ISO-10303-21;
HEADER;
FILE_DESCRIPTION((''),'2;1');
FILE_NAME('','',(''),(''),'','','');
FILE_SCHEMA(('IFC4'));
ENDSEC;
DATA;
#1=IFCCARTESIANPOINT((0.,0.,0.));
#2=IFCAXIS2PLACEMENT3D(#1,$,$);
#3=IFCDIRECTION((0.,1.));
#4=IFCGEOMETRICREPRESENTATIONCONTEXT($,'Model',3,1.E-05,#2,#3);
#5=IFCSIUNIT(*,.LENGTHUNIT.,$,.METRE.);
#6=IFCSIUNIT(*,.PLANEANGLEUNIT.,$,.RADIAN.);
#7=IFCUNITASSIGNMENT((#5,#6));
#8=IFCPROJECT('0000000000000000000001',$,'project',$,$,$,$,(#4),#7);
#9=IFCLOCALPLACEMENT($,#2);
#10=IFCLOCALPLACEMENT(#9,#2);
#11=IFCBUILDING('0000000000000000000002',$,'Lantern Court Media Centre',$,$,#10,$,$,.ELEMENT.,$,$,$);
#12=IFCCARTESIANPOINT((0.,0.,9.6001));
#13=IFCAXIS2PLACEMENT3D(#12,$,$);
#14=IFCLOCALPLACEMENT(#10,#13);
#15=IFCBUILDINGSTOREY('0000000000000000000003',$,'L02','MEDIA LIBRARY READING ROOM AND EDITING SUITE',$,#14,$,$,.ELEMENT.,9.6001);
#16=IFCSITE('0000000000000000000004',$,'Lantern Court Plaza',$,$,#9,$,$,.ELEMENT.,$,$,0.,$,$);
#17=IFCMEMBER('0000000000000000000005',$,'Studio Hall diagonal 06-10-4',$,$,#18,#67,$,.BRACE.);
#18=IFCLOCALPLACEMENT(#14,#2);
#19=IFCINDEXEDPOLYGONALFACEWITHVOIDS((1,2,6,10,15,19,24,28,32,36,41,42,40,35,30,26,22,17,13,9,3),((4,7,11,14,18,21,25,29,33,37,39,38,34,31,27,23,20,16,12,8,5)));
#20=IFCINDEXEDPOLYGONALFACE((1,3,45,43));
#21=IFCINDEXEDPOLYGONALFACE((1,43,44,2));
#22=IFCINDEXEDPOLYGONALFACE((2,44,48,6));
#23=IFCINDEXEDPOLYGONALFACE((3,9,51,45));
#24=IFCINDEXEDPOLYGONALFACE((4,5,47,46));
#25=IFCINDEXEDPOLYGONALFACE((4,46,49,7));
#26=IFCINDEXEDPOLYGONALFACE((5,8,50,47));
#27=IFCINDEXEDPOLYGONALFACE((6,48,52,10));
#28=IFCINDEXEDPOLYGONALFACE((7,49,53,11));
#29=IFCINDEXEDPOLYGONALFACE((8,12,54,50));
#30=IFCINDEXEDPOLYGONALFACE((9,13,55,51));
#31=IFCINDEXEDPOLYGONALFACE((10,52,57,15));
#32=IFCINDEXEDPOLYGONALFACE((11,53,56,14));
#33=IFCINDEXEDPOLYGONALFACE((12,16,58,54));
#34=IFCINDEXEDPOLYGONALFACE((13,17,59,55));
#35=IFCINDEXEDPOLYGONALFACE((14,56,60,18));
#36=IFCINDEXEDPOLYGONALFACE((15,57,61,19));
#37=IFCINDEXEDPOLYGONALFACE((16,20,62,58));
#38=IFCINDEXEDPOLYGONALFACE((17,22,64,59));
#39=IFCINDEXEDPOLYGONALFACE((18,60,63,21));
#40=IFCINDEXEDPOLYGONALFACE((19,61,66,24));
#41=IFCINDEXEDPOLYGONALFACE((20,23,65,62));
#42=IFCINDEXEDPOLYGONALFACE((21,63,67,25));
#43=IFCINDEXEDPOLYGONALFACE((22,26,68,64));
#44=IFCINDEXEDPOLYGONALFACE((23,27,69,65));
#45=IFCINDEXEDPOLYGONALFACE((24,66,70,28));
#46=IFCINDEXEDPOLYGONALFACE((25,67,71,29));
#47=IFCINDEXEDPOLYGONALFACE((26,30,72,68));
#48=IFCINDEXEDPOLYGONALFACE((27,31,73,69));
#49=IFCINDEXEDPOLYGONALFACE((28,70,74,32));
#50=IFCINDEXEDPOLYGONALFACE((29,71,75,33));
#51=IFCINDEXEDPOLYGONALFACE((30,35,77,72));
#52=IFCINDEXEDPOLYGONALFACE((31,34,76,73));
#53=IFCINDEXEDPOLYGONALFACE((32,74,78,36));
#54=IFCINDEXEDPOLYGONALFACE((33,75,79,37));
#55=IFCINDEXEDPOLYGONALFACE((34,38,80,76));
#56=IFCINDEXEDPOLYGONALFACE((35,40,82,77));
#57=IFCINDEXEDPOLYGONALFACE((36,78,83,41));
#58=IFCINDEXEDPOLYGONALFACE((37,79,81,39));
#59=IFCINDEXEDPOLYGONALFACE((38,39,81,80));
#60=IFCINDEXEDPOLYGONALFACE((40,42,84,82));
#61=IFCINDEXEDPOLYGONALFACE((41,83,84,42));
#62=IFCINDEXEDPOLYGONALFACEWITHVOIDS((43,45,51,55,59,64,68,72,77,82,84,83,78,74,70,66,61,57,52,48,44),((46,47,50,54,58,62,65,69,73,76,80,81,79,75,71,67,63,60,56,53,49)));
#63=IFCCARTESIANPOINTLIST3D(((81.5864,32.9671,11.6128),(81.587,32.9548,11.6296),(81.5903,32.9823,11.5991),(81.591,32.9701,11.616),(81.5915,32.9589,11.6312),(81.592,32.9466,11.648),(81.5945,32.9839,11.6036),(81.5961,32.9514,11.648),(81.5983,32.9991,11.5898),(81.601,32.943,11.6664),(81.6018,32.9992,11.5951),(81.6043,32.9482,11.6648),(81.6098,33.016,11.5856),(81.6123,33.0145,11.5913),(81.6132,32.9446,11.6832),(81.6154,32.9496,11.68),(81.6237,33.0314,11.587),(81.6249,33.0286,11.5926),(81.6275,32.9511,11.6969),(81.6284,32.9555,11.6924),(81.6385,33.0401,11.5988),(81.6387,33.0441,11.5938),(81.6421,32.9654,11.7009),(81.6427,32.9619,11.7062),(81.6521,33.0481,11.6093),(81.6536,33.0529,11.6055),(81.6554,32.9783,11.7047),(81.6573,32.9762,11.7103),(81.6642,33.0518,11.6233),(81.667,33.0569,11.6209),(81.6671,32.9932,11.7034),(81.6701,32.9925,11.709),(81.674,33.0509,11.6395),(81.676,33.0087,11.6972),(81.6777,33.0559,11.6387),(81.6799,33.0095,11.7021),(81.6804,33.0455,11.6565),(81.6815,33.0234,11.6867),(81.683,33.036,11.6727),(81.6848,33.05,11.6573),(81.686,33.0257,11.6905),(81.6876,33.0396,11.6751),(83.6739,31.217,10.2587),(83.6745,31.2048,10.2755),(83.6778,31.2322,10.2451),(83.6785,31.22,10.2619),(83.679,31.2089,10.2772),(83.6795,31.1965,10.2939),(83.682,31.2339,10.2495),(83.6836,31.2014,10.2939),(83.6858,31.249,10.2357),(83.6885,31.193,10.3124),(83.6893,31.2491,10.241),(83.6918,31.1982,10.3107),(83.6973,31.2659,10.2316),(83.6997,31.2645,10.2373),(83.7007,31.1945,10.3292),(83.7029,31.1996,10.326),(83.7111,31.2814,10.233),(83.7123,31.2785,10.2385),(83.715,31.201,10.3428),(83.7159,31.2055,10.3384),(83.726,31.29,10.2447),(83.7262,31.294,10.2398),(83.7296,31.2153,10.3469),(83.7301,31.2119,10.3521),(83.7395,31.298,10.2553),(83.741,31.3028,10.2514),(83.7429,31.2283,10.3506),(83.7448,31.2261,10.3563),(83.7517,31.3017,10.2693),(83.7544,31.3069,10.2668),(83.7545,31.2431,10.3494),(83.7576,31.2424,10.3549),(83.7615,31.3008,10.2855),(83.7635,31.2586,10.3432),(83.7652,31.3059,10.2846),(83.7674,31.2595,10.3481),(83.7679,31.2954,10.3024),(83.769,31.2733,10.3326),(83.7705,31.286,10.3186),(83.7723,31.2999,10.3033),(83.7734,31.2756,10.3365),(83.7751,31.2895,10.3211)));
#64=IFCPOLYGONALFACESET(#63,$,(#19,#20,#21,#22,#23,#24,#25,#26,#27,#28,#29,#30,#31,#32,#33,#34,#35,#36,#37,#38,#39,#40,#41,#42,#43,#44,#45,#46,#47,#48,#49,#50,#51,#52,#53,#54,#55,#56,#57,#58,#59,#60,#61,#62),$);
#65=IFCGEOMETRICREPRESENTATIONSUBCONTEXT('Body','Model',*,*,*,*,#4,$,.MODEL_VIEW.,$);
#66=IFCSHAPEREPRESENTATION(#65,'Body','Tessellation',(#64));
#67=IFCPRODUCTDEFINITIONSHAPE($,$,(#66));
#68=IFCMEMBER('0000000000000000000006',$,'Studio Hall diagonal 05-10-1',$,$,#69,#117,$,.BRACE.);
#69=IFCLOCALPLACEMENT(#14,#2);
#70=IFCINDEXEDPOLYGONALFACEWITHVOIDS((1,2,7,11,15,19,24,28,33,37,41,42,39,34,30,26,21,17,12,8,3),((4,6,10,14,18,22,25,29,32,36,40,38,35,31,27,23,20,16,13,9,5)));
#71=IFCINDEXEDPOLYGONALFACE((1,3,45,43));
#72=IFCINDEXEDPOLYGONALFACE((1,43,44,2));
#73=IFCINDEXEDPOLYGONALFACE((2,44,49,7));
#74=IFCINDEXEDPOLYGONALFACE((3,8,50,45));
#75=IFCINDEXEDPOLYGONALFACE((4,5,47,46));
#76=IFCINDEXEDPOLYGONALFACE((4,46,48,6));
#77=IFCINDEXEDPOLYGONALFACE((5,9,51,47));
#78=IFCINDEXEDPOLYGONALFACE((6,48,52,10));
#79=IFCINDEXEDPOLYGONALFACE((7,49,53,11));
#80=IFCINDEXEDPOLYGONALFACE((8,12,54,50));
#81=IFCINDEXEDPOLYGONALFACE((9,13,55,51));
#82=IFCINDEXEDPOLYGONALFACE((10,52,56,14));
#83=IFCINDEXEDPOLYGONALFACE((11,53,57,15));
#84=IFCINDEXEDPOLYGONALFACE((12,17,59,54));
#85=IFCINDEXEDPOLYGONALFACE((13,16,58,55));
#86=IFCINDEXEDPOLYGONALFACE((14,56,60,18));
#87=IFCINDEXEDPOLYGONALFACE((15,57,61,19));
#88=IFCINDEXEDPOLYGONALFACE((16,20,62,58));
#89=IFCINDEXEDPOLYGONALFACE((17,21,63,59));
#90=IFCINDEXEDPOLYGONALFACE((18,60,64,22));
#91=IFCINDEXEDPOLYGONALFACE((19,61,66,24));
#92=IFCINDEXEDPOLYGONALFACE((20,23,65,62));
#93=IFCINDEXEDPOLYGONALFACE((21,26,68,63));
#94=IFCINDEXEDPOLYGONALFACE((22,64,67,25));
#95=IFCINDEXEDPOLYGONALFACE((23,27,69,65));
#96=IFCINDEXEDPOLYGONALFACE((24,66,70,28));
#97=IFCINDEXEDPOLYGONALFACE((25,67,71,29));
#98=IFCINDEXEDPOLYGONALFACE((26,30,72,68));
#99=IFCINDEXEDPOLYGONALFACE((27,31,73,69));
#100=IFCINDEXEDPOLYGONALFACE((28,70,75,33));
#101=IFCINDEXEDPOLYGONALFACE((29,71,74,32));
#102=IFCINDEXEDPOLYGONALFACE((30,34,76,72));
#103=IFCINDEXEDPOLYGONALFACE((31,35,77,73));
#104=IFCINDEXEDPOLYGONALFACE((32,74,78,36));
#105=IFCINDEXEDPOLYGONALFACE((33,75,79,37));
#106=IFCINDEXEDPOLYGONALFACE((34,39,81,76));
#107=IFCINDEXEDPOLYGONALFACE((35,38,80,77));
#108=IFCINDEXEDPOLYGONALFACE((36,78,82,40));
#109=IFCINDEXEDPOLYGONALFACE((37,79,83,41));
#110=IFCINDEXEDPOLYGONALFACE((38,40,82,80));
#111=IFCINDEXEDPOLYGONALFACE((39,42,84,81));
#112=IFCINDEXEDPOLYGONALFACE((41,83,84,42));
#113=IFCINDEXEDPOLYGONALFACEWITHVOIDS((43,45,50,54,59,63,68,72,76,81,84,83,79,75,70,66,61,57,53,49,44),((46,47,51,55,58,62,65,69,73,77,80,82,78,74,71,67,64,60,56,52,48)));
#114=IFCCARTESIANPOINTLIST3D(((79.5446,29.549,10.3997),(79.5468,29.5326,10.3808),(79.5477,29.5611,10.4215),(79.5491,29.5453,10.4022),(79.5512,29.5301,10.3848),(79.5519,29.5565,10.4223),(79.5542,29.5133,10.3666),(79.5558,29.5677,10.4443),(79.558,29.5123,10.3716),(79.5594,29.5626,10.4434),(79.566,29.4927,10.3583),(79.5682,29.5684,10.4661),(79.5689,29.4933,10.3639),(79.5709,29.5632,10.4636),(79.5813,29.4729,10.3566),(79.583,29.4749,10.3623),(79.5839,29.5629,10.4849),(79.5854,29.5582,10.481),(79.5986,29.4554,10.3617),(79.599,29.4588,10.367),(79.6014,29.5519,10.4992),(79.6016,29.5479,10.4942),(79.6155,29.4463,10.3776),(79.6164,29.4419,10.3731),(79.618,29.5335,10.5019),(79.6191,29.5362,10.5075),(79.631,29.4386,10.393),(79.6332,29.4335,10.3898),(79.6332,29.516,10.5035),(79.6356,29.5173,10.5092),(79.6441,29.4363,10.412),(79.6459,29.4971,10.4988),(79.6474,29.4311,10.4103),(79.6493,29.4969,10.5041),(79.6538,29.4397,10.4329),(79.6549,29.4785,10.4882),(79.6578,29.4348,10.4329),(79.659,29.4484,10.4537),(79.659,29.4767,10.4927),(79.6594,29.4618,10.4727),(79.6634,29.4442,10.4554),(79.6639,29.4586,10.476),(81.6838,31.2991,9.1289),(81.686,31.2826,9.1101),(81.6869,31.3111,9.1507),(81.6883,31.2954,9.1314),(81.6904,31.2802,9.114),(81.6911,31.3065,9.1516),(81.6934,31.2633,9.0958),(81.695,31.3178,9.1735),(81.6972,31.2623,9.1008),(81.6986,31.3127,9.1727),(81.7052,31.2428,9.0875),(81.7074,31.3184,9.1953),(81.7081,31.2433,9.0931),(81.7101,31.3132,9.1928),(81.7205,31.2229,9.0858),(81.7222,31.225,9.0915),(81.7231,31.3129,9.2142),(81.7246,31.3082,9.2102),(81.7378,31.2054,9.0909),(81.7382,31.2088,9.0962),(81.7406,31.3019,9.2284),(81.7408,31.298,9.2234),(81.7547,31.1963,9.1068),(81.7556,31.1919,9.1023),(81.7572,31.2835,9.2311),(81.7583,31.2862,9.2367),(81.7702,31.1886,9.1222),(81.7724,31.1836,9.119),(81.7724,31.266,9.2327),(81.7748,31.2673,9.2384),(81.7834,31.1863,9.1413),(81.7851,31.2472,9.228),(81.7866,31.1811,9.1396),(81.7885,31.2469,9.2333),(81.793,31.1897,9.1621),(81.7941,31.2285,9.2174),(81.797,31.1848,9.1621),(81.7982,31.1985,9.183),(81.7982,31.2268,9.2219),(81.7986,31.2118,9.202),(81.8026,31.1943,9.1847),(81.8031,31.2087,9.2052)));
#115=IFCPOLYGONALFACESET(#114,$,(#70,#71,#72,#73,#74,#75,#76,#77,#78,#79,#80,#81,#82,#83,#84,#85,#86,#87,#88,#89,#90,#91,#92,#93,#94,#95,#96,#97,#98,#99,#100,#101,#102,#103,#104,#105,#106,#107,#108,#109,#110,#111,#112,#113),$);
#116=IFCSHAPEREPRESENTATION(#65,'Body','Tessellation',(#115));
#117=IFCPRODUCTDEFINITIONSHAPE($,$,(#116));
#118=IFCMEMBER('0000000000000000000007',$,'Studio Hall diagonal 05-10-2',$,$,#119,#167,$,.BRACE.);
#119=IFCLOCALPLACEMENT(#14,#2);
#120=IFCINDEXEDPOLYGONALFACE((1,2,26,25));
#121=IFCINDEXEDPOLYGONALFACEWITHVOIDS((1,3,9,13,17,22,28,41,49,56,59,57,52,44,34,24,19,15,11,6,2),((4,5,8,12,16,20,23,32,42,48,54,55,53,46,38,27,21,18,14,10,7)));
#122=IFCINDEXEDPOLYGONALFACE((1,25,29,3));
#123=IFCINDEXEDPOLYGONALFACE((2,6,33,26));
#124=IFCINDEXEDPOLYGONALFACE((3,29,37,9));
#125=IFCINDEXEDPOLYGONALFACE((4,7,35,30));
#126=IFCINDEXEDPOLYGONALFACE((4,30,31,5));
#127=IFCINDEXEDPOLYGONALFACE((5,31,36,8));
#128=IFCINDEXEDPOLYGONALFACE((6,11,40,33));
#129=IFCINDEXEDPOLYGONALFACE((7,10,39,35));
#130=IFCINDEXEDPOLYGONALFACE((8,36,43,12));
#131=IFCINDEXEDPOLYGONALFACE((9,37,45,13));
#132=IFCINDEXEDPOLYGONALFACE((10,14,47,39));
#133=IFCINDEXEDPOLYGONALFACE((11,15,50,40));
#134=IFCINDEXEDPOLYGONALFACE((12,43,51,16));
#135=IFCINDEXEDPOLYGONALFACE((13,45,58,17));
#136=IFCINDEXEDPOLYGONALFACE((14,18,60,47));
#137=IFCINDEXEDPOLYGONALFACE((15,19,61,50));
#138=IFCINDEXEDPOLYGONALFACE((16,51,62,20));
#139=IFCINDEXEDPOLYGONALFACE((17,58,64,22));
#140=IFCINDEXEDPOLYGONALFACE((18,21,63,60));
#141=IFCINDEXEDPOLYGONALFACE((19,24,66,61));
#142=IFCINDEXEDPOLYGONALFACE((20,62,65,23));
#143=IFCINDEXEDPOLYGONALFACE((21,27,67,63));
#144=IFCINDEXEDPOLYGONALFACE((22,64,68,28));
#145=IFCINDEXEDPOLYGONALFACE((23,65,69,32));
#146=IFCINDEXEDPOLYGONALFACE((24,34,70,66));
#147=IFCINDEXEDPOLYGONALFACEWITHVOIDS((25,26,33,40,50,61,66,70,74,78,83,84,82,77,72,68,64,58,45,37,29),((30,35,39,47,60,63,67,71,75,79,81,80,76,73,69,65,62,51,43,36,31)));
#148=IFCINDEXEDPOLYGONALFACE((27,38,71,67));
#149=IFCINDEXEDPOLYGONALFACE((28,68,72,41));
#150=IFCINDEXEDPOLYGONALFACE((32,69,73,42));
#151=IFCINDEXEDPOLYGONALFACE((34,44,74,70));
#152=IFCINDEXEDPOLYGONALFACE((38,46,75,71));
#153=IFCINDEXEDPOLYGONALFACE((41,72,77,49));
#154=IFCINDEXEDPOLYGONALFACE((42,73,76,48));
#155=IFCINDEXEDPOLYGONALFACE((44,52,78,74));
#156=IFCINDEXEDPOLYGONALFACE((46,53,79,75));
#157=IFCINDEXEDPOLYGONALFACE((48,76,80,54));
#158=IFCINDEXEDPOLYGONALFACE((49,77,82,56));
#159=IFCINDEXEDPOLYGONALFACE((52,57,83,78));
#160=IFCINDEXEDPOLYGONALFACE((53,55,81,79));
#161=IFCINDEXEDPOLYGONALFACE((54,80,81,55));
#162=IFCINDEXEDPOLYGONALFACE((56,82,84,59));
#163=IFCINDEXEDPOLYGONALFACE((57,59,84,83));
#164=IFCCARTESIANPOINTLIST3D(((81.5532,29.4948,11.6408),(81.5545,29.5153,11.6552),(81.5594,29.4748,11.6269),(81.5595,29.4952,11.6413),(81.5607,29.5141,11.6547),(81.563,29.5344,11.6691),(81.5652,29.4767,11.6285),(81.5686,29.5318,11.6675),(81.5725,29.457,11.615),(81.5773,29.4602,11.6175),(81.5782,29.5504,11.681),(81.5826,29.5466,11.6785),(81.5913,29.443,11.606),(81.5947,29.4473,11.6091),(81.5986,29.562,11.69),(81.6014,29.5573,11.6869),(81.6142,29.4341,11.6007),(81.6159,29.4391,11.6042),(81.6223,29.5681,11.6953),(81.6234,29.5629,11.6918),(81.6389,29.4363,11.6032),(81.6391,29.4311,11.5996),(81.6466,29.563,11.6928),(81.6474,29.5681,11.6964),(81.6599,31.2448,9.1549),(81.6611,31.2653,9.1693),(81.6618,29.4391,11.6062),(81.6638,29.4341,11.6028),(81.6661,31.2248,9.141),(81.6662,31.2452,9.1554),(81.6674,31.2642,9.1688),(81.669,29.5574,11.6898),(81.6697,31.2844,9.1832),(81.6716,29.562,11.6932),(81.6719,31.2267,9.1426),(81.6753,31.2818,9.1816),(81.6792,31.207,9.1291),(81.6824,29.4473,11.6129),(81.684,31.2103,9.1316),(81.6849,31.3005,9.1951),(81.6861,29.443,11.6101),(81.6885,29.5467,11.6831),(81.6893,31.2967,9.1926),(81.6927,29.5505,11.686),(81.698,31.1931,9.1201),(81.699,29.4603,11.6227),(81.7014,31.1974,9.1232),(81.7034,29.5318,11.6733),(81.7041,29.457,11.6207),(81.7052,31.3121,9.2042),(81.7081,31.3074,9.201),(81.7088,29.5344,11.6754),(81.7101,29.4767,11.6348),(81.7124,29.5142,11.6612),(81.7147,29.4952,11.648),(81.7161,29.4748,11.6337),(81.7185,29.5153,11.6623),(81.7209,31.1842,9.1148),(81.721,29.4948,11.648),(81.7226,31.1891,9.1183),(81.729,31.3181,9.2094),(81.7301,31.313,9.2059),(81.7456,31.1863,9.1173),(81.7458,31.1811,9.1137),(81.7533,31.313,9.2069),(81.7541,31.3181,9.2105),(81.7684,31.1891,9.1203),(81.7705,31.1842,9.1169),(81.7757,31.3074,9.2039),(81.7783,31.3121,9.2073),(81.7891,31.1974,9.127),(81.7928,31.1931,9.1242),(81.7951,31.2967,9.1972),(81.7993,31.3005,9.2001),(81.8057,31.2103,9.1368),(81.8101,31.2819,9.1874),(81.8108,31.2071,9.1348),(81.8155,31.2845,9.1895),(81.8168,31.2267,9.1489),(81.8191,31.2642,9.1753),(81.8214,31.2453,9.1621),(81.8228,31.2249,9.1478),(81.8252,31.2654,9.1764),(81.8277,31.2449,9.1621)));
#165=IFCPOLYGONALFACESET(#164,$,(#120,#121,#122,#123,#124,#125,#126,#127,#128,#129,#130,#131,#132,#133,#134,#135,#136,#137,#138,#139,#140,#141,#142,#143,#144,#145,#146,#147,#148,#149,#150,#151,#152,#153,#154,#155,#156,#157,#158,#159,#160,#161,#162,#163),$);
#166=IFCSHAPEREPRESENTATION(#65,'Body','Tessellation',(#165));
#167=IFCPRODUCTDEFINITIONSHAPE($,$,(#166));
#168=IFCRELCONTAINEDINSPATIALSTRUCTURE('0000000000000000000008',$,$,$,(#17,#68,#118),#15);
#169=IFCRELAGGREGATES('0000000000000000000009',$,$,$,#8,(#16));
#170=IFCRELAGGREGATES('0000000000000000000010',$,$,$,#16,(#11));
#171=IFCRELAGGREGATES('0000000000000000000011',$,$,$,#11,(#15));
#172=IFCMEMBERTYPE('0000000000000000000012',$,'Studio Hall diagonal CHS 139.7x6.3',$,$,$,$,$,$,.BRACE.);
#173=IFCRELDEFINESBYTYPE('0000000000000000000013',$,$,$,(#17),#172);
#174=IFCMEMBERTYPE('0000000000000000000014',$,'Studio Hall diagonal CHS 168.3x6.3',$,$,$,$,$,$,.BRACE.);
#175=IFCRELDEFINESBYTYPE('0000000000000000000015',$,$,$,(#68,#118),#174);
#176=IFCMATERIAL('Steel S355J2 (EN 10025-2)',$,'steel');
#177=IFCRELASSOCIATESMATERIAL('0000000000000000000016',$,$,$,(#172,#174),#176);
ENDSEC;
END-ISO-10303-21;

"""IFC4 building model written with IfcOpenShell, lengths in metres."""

from ifc_helpers import new_model, si_unit, direction, frame, origin, origin_2d, place, context, subcontext, project, spatial, hollow_circle, extrude, material, material_profile, profile_set, type_object, element, save


model = new_model("IFC4")

# Units and contexts
model_context = context("Model", 3, precision=1e-05, world=origin(), true_north=direction((0.0, 1.0)))
body_context = subcontext(model_context, "Body", "Model", "MODEL_VIEW")
ifc_project = project(units=[si_unit("LENGTHUNIT", "METRE"), si_unit("PLANEANGLEUNIT", "RADIAN")], contexts=[model_context])

# Site, building, storey
site_placement = place(None, origin())
site = spatial("IfcSite", under=ifc_project, at=site_placement, Name="Lantern Court Plaza", CompositionType="ELEMENT", RefElevation=0.0)
building_placement = place(site_placement, origin())
building = spatial("IfcBuilding", under=site, at=building_placement, Name="Lantern Court Media Centre", CompositionType="ELEMENT")
storey_placement = place(building_placement, frame((0.0, 0.0, 9.6001)))
storey = spatial("IfcBuildingStorey", under=building, at=storey_placement, Name="L02", Description="MEDIA LIBRARY READING ROOM AND EDITING SUITE", CompositionType="ELEMENT", Elevation=9.6001)

# Members
ifc_material = material(Name="Steel S355J2 (EN 10025-2)", Category="steel")
ifc_material_profile_1 = material_profile(ifc_material, hollow_circle(Radius=0.0698, WallThickness=0.0063, at=origin_2d()), Name="Studio Hall diagonal CHS 139.7x6.3")
ifc_profile_set_1 = profile_set([ifc_material_profile_1], Name="Steel S355J2 (EN 10025-2)")
member_type_1 = type_object("IfcMemberType", Name="Studio Hall diagonal CHS 139.7x6.3", PredefinedType="BRACE", material=ifc_profile_set_1)
for number, where, z_axis, x_axis, name in (
    (1, (83.7244, 31.25, 10.2939), (-0.68622, 0.575301, 0.44512), (-0.642456, -0.766322, 0.0), "Studio Hall diagonal 06-10-4"),
):
    element("IfcMember", number, at=place(storey_placement, frame(where, z_axis=z_axis, x_axis=x_axis)), inside=storey, type_object=member_type_1, Name=name, PredefinedType="BRACE", context=body_context, shape_type="SweptSolid", body=[
        extrude(hollow_circle(Radius=0.0698, WallThickness=0.0063, at=origin_2d()), origin(), (0.0, 0.0, 1.0), 3.042),
    ])
ifc_material_profile_2 = material_profile(ifc_material, hollow_circle(Radius=0.0842, WallThickness=0.0063, at=origin_2d()), Name="Studio Hall diagonal CHS 168.3x6.3")
ifc_profile_set_2 = profile_set([ifc_material_profile_2], Name="Steel S355J2 (EN 10025-2)")
member_type_2 = type_object("IfcMemberType", Name="Studio Hall diagonal CHS 168.3x6.3", PredefinedType="BRACE", material=ifc_profile_set_2)
for number, where, z_axis, x_axis, name in (
    (2, (81.7437, 31.25, 9.1621), (-0.703225, -0.575293, 0.417746), (0.63319, -0.773997, 0.0), "Studio Hall diagonal 05-10-1"),
    (3, (81.7437, 31.25, 9.1621), (-0.035073, -0.575294, 0.817194), (0.998147, -0.060852, 0.0), "Studio Hall diagonal 05-10-2"),
):
    element("IfcMember", number, at=place(storey_placement, frame(where, z_axis=z_axis, x_axis=x_axis)), inside=storey, type_object=member_type_2, Name=name, PredefinedType="BRACE", context=body_context, shape_type="SweptSolid", body=[
        extrude(hollow_circle(Radius=0.0842, WallThickness=0.0063, at=origin_2d()), origin(), (0.0, 0.0, 1.0), 3.042),
    ])

save(model, "model.ifc")
